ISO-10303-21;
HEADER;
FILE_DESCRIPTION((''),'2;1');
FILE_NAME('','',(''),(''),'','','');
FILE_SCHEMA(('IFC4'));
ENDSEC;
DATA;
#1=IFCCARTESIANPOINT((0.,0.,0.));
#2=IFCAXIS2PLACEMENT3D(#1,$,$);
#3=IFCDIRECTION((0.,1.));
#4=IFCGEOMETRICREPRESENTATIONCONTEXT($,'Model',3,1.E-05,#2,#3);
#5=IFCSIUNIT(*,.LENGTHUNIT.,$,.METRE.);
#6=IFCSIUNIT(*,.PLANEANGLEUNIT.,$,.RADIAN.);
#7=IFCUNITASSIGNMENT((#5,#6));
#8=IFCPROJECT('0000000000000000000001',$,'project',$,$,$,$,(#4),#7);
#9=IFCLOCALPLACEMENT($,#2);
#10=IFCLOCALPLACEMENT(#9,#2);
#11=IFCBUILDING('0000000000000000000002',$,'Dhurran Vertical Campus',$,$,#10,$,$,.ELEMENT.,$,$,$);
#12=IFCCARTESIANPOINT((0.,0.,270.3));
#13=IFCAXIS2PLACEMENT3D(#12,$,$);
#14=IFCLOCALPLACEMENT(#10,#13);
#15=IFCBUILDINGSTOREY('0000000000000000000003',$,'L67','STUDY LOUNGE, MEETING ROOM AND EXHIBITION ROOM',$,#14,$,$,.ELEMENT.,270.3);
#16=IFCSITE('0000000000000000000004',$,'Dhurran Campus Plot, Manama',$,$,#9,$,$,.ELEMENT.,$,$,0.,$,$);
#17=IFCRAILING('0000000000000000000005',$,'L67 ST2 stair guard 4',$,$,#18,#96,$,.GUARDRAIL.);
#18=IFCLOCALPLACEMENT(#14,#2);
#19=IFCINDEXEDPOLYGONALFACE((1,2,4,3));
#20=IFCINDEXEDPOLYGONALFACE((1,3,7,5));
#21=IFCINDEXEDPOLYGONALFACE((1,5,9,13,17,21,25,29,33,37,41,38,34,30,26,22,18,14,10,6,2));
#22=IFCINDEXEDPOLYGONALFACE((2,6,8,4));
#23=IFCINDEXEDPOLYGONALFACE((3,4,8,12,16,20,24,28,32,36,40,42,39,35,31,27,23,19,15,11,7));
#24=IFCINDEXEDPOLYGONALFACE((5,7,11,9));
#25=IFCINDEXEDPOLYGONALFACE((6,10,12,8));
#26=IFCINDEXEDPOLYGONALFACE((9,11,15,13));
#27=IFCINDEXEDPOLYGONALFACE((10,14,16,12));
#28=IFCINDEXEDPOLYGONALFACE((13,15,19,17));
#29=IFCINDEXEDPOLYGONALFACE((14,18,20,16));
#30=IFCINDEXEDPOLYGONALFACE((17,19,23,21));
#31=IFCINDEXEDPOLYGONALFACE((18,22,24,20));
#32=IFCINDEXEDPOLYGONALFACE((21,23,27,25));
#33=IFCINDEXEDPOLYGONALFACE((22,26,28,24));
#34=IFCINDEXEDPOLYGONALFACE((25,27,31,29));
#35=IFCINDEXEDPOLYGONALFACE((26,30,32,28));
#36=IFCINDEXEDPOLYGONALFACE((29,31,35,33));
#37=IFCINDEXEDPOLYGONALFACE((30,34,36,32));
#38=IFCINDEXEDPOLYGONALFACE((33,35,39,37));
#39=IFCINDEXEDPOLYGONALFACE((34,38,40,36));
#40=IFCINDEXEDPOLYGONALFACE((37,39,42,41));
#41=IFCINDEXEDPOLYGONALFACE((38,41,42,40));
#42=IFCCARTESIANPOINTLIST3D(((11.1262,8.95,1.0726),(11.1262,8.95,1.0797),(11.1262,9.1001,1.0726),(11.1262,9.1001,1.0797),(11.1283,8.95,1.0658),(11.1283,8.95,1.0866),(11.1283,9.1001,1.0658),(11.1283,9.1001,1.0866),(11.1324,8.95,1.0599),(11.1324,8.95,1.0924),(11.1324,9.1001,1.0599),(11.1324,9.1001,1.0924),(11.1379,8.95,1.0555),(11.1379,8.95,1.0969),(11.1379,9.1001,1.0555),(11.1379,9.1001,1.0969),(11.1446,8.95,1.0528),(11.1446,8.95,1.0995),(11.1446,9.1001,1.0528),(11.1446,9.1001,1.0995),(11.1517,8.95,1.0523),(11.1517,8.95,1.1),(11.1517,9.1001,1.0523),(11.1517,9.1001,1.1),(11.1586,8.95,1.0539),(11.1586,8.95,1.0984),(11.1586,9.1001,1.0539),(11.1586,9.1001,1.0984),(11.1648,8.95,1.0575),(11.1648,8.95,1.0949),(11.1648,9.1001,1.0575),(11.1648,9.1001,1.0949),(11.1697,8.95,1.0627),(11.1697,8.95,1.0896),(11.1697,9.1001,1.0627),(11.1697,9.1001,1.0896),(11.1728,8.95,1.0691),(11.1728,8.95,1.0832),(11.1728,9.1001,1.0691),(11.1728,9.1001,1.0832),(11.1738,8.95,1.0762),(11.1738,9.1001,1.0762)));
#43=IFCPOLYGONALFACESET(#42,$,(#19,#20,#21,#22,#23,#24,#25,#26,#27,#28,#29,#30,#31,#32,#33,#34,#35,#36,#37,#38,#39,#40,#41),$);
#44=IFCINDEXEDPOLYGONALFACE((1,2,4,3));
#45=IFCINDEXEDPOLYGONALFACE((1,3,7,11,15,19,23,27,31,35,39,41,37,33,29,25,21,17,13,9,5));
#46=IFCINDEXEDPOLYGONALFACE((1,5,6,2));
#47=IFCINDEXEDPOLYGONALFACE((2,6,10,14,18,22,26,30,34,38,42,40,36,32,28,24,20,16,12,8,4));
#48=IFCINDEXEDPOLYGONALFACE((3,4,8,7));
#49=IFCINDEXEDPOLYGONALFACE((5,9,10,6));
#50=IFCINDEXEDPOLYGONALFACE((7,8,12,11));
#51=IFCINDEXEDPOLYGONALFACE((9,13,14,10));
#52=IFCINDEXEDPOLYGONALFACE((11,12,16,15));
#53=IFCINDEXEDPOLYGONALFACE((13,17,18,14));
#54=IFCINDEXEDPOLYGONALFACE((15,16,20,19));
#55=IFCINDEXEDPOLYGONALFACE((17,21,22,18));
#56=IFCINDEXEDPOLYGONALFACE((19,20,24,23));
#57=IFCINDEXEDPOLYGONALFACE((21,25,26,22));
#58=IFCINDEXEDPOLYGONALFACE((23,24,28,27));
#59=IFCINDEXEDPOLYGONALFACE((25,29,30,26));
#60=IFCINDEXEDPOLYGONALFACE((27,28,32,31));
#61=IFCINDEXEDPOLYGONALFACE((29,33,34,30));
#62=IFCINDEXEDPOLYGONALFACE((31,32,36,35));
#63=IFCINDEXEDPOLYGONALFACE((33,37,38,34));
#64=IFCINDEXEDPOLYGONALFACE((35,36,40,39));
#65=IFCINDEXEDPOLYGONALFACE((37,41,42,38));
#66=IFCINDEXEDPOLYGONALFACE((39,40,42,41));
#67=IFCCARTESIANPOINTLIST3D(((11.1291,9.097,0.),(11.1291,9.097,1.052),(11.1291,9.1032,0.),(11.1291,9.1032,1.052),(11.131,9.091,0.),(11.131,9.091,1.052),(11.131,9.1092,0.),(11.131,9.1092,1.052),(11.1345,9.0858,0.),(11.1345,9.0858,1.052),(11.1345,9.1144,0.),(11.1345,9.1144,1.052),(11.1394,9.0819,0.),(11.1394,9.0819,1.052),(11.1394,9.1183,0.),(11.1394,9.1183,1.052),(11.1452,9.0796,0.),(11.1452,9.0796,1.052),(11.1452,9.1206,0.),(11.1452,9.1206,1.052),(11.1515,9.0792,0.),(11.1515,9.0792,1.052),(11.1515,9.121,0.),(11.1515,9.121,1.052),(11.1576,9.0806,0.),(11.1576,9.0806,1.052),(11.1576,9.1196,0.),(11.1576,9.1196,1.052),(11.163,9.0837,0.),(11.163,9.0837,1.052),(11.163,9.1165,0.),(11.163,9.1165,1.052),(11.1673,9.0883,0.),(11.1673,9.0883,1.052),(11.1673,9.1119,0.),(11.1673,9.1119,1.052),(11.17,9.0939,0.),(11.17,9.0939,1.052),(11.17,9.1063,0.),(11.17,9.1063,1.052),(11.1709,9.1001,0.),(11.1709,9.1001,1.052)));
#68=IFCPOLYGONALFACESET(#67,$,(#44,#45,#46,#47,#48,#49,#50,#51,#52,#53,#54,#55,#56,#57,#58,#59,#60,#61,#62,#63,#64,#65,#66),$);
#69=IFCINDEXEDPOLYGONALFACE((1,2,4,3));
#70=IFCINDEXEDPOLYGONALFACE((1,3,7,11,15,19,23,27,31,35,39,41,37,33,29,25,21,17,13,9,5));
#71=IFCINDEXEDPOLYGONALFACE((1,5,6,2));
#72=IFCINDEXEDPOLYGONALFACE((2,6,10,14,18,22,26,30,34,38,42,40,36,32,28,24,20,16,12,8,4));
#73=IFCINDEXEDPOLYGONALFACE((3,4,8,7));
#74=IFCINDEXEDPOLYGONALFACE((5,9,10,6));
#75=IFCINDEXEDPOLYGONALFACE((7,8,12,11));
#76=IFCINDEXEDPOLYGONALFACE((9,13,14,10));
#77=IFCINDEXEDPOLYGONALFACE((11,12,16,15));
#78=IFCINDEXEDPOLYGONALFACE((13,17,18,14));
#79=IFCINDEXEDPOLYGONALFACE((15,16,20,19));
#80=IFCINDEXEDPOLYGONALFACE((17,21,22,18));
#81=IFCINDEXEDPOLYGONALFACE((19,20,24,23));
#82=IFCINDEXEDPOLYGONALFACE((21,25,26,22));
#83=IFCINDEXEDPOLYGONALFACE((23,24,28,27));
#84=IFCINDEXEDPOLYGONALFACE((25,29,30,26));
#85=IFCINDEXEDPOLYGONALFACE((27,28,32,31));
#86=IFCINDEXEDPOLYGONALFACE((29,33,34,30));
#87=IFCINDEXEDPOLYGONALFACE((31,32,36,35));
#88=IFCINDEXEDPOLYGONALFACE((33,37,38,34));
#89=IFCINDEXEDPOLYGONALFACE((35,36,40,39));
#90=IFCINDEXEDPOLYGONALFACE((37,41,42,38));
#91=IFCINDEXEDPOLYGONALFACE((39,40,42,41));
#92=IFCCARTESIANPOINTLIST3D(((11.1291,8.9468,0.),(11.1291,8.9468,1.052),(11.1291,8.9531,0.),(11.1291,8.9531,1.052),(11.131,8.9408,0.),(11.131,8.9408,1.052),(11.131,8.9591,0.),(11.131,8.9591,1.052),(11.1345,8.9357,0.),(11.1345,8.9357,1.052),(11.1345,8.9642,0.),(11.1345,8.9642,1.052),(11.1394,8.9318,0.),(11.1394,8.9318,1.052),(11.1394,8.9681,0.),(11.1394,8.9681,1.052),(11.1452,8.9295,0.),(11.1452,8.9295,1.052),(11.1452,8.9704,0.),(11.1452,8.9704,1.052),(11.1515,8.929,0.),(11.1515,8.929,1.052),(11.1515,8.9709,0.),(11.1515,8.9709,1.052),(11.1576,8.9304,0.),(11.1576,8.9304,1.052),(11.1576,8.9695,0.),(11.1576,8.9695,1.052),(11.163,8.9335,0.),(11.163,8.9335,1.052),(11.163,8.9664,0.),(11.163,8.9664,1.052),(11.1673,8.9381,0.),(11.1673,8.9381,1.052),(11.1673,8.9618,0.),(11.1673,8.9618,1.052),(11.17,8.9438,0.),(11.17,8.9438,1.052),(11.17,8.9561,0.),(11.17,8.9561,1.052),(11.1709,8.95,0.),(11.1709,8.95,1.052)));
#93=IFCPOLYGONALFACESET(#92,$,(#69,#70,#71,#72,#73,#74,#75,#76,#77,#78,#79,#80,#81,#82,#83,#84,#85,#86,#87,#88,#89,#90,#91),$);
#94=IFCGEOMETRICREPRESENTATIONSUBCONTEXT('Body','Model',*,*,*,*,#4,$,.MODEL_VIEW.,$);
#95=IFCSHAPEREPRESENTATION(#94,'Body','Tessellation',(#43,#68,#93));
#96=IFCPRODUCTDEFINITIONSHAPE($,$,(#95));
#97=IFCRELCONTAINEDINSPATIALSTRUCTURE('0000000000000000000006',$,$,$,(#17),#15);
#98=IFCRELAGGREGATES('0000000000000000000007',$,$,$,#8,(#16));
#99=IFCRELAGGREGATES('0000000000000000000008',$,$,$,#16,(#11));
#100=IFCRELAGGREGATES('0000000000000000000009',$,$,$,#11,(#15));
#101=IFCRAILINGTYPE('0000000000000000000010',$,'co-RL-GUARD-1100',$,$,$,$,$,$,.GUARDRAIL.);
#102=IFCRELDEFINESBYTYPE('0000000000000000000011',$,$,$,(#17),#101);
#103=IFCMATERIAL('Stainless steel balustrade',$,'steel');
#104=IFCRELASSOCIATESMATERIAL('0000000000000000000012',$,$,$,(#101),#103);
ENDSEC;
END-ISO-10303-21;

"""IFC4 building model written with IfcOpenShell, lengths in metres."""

from ifc_helpers import new_model, si_unit, direction, frame, origin, origin_2d, place, context, subcontext, project, spatial, circle, extrude, material, type_object, element, save


model = new_model("IFC4")

# Units and contexts
model_context = context("Model", 3, precision=1e-05, world=origin(), true_north=direction((0.0, 1.0)))
body_context = subcontext(model_context, "Body", "Model", "MODEL_VIEW")
ifc_project = project(units=[si_unit("LENGTHUNIT", "METRE"), si_unit("PLANEANGLEUNIT", "RADIAN")], contexts=[model_context])

# Site, building, storey
site_placement = place(None, origin())
site = spatial("IfcSite", under=ifc_project, at=site_placement, Name="Dhurran Campus Plot, Manama", CompositionType="ELEMENT", RefElevation=0.0)
building_placement = place(site_placement, origin())
building = spatial("IfcBuilding", under=site, at=building_placement, Name="Dhurran Vertical Campus", CompositionType="ELEMENT")
storey_placement = place(building_placement, frame((0.0, 0.0, 270.3)))
storey = spatial("IfcBuildingStorey", under=building, at=storey_placement, Name="L67", Description="STUDY LOUNGE, MEETING ROOM AND EXHIBITION ROOM", CompositionType="ELEMENT", Elevation=270.3)

# Railing
ifc_material_1 = material(Name="Stainless steel balustrade", Category="steel")
railing_type = type_object("IfcRailingType", Name="co-RL-GUARD-1100", PredefinedType="GUARDRAIL", material=ifc_material_1)
railing_1_placement = place(storey_placement, frame((11.1499, 9.1001, 0.0)))
element("IfcRailing", 1, at=railing_1_placement, inside=storey, type_object=railing_type, Name="L67 ST2 stair guard 4", PredefinedType="GUARDRAIL", context=body_context, shape_type="SweptSolid", body=[
    extrude(circle(Radius=0.0239, at=origin_2d()), frame((0.0, 0.0, 1.0762), z_axis=(0.0, -1.0, 0.0), x_axis=(1.0, 0.0, 0.0)), (0.0, 0.0, 1.0), 0.1501),
    extrude(circle(Radius=0.021, at=origin_2d()), origin(), (0.0, 0.0, 1.0), 1.052),
    extrude(circle(Radius=0.021, at=origin_2d()), frame((0.0, -0.1501, 0.0)), (0.0, 0.0, 1.0), 1.052),
])

save(model, "model.ifc")
